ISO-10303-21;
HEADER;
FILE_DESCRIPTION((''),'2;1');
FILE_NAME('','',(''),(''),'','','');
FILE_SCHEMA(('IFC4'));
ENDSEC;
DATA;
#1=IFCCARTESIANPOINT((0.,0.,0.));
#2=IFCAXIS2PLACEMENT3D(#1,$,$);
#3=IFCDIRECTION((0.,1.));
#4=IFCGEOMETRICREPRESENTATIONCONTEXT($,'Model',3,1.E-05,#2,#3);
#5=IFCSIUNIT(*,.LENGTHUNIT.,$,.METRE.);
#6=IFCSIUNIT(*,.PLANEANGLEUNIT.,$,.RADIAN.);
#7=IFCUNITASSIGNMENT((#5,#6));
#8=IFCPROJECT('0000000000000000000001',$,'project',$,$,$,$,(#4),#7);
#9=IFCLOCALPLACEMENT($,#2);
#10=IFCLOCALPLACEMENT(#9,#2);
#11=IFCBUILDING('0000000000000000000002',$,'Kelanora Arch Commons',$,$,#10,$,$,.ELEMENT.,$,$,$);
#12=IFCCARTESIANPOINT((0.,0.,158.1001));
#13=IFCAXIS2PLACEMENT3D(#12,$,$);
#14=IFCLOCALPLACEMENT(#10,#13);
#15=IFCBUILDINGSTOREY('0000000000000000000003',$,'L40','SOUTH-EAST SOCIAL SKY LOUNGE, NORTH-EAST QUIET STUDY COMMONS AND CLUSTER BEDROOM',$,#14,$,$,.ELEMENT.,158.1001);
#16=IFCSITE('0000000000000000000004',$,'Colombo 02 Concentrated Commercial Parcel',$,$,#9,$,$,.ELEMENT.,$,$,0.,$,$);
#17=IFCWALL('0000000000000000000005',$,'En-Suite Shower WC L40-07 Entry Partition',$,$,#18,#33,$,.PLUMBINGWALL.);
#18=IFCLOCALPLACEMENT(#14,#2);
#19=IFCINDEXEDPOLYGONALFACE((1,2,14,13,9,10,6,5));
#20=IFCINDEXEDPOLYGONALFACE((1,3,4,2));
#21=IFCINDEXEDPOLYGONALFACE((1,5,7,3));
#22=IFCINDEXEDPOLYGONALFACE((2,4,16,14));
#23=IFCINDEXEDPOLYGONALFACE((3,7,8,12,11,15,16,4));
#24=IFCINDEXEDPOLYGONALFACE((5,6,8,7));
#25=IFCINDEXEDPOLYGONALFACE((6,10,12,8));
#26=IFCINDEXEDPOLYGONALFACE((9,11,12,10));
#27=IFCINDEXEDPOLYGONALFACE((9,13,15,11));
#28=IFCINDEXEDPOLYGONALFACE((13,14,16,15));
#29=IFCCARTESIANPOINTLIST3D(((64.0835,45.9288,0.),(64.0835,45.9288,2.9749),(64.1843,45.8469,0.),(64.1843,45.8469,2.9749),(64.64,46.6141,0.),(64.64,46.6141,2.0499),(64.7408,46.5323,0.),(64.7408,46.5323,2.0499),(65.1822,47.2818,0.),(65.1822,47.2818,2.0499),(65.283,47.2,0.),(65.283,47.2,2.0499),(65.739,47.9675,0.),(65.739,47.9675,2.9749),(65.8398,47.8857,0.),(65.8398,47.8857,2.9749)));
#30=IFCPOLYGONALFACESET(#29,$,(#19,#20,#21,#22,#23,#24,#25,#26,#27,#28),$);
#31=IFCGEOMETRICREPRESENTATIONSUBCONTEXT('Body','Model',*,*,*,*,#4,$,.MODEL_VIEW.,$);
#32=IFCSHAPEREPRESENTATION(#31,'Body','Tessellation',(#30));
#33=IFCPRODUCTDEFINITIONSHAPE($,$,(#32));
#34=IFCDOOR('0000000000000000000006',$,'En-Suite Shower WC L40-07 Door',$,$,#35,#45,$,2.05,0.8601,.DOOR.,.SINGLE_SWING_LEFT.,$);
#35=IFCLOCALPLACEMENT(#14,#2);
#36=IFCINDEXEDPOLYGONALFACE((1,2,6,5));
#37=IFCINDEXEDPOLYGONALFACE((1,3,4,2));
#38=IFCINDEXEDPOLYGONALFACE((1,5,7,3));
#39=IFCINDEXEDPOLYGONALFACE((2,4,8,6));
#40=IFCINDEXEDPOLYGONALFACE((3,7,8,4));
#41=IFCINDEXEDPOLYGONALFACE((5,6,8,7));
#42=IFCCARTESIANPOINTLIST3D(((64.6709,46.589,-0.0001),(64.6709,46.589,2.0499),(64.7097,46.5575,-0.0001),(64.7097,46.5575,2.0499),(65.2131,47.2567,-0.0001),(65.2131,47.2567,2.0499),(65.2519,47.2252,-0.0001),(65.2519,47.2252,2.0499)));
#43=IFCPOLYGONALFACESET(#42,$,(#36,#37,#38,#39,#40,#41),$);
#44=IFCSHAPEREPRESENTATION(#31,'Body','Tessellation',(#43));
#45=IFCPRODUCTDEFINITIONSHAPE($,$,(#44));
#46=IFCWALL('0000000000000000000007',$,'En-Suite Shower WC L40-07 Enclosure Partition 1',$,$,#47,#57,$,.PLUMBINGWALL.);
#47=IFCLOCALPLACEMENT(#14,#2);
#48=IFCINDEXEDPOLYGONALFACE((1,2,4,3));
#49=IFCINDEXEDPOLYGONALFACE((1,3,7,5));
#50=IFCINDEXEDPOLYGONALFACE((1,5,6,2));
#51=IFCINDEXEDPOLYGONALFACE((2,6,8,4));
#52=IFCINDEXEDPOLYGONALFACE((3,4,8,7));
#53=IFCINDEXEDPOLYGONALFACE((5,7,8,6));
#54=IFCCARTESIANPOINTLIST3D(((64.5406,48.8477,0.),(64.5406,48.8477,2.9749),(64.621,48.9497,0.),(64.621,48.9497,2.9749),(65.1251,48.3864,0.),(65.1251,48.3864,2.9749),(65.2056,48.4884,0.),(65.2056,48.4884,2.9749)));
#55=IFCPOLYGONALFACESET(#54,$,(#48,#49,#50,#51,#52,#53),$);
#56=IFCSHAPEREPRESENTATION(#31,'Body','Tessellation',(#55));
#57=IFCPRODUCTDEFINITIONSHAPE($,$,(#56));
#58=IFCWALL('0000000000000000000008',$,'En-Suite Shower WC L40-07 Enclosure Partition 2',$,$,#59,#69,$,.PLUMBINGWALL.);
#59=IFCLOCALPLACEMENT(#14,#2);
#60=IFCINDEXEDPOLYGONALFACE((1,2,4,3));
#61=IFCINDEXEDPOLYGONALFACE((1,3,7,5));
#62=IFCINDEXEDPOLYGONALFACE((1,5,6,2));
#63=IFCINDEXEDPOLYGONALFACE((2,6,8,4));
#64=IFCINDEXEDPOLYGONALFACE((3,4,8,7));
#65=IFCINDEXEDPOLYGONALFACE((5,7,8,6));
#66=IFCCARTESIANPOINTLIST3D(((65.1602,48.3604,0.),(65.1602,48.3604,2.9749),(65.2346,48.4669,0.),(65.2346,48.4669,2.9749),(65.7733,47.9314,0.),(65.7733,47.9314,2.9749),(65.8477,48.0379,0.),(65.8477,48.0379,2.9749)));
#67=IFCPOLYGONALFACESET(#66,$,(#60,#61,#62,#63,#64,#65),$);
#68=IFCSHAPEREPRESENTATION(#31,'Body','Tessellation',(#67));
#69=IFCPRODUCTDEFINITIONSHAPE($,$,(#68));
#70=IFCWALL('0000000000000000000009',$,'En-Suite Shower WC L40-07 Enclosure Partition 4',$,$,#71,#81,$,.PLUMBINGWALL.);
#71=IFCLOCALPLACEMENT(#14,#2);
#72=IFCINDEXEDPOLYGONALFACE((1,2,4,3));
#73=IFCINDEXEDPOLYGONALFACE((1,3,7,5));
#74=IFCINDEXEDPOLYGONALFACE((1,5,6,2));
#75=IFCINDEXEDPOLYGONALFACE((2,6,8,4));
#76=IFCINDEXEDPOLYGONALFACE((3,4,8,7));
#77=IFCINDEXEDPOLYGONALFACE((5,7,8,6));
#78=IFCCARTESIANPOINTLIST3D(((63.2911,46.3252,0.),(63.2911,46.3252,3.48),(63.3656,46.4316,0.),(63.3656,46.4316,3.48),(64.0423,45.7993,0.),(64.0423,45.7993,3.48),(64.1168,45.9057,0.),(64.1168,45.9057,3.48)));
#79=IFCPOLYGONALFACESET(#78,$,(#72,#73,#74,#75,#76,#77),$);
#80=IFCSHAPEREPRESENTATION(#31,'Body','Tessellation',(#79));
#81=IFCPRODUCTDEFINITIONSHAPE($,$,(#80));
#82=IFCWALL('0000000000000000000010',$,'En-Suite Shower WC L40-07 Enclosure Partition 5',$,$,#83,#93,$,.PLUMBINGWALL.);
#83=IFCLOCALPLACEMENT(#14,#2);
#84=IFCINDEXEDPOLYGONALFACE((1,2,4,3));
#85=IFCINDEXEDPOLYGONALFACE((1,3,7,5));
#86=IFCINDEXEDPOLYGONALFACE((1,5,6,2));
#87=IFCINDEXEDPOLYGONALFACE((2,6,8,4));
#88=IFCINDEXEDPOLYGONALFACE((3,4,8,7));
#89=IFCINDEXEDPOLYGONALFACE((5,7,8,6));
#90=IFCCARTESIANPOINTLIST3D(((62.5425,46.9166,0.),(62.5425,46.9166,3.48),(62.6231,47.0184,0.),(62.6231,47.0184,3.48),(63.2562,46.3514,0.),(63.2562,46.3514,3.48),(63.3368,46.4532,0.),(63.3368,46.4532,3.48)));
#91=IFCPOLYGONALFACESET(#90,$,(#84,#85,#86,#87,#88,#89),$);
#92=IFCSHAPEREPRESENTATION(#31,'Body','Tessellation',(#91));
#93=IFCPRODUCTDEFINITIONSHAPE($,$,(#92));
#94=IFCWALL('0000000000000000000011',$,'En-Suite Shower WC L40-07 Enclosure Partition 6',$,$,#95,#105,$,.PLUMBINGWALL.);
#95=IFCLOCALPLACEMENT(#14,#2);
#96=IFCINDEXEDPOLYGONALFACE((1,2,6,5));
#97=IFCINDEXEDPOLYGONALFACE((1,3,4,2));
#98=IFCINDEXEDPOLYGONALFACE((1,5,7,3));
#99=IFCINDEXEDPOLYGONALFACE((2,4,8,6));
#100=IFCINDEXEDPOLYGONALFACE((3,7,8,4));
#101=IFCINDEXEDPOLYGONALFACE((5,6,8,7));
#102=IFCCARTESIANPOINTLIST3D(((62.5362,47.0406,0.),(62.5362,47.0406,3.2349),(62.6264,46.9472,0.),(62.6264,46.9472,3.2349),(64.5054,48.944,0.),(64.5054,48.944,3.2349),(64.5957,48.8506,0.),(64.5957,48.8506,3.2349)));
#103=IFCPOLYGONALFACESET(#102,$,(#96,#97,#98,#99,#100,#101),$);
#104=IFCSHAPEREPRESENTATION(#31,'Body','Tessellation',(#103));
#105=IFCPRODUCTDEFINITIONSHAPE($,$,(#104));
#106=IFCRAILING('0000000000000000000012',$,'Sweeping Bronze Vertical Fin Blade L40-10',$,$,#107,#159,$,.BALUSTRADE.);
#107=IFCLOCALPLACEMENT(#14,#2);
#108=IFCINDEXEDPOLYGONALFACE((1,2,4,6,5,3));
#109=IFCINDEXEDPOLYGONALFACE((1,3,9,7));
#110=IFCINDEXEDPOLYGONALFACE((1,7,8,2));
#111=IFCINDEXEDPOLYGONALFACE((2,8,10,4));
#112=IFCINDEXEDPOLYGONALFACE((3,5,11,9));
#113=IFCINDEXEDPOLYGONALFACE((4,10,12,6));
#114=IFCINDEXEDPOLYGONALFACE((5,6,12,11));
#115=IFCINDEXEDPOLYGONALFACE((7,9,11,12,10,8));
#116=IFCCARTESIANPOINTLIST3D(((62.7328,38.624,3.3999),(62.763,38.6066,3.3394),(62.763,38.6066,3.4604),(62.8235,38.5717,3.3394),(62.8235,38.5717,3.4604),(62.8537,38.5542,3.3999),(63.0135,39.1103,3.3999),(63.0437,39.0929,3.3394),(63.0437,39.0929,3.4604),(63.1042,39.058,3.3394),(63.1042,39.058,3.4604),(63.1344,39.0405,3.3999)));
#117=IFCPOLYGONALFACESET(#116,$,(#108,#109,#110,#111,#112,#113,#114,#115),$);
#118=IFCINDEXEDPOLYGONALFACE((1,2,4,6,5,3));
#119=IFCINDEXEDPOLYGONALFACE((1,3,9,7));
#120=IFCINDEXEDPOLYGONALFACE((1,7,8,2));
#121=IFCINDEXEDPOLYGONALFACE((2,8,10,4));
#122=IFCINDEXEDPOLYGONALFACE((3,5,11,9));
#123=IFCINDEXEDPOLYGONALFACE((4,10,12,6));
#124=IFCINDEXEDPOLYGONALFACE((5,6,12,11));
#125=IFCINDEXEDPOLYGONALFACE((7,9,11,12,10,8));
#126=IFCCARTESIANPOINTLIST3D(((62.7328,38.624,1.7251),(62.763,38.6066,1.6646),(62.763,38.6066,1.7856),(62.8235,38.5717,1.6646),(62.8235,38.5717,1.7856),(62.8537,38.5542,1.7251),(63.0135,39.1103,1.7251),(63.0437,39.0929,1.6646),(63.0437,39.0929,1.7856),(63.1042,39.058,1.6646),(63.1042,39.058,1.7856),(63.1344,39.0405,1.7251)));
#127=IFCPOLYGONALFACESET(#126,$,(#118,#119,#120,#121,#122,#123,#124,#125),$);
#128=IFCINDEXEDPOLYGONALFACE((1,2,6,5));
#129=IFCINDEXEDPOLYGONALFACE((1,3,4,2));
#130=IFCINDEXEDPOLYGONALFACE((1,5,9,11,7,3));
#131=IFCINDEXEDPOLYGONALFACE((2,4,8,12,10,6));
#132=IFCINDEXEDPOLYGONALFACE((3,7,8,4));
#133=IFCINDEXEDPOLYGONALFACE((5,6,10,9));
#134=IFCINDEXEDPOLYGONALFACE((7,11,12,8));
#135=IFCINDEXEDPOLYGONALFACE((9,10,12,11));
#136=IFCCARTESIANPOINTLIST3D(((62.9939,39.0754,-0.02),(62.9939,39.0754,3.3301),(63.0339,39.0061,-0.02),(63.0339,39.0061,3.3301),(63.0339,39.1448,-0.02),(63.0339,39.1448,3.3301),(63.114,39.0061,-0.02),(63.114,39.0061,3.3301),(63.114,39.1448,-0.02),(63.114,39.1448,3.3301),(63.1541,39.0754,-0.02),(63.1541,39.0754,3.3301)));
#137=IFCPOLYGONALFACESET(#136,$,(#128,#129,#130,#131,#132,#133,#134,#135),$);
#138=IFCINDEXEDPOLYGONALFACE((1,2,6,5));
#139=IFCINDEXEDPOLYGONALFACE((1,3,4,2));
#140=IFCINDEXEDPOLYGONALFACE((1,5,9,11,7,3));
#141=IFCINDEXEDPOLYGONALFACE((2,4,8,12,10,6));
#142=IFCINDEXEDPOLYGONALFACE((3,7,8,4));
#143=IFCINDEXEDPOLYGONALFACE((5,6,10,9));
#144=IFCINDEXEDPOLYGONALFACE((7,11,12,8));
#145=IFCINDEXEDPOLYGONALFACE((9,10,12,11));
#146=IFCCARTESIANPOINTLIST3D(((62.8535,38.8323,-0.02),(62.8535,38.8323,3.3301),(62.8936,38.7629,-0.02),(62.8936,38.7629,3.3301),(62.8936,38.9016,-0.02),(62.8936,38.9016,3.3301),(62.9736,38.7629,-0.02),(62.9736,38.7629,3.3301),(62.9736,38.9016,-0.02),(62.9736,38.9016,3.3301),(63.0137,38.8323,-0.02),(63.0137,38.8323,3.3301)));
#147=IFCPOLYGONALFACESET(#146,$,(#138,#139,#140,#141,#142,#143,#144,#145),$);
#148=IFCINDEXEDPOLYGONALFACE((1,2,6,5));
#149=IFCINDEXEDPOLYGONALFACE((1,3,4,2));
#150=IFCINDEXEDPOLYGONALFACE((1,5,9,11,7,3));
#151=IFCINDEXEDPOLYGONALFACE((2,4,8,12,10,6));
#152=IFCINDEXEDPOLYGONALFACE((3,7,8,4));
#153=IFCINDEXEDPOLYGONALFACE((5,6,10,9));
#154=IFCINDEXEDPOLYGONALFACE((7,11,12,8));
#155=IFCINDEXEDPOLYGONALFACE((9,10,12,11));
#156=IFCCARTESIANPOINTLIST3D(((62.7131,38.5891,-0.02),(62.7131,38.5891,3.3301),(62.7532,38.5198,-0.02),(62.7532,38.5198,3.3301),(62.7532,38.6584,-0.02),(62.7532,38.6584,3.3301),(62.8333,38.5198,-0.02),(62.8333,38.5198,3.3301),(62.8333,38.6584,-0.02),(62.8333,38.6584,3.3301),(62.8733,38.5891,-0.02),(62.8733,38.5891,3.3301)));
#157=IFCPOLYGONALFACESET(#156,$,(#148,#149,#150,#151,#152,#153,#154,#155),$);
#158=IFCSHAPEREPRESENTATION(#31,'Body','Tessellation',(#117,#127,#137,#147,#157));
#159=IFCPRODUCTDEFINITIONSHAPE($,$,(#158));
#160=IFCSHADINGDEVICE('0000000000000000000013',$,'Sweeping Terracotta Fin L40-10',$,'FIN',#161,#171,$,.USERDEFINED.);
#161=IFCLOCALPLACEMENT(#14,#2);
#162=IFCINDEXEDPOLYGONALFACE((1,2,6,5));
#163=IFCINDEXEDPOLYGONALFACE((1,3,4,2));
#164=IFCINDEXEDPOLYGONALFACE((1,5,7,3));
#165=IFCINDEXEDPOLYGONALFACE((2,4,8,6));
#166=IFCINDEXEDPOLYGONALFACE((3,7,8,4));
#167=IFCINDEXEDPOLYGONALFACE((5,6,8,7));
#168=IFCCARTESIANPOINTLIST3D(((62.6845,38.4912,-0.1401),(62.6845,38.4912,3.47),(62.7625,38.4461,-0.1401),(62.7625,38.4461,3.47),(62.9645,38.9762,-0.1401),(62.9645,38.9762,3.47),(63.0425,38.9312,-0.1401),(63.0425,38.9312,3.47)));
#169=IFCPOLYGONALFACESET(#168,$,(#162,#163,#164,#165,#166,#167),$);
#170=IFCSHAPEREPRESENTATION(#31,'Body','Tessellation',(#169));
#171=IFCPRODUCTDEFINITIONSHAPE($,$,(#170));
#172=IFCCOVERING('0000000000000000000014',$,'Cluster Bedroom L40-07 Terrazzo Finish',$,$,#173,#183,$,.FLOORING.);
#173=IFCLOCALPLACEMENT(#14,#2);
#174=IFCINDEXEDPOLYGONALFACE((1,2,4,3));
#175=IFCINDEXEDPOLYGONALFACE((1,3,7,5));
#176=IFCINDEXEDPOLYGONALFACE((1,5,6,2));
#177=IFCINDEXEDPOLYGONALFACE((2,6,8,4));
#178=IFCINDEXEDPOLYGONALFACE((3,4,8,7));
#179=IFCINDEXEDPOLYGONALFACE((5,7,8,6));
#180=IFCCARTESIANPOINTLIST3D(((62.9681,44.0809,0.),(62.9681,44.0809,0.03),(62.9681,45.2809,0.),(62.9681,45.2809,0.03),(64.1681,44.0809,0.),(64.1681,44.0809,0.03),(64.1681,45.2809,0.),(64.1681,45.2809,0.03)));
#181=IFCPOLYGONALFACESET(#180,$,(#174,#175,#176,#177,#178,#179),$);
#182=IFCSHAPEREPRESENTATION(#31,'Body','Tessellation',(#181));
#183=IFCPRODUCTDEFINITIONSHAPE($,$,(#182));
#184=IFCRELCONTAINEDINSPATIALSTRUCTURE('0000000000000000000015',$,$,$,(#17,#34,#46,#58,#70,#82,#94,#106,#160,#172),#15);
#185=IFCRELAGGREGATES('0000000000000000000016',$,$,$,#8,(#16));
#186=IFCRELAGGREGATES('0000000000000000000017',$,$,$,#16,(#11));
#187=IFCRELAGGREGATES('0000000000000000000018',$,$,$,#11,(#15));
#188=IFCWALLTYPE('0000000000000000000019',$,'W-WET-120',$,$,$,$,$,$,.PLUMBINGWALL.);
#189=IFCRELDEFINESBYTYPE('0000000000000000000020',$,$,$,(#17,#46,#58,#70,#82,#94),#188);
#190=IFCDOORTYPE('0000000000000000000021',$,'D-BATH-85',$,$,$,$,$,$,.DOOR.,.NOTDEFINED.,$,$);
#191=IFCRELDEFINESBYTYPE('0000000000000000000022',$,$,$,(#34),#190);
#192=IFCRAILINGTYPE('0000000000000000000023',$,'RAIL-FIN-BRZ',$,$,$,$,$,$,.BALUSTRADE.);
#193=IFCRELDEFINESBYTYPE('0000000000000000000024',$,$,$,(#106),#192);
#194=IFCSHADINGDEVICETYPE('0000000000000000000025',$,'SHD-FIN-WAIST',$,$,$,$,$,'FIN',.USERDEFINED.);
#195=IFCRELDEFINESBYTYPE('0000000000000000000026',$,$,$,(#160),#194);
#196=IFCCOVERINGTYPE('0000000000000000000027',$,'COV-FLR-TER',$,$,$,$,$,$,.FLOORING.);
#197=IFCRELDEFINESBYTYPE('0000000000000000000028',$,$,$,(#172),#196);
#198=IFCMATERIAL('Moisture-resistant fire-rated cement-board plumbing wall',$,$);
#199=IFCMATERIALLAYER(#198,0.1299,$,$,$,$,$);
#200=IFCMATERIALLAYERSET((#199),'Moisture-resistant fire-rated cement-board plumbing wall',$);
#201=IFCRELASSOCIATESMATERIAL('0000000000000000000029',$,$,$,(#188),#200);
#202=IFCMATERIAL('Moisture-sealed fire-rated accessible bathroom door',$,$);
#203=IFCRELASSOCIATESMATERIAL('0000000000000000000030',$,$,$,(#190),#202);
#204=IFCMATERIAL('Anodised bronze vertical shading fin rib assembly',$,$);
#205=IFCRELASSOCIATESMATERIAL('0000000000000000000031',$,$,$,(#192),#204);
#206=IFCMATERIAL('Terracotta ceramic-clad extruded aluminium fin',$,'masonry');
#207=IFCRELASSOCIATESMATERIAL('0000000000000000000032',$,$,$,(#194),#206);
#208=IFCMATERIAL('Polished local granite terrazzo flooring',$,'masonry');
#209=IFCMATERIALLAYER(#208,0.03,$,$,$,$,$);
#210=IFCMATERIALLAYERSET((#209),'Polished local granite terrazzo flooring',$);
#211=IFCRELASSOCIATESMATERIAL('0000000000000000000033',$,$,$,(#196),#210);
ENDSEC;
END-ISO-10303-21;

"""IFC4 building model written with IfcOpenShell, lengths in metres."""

from ifc_helpers import new_model, si_unit, direction, frame, frame_2d, origin, origin_2d, place, context, subcontext, project, spatial, polyline, rectangle, outline, extrude, source, transform, mapped, material, layer, layer_set, type_object, element, fill, save


model = new_model("IFC4")

# Units and contexts
model_context = context("Model", 3, precision=1e-05, world=origin(), true_north=direction((0.0, 1.0)))
body_context = subcontext(model_context, "Body", "Model", "MODEL_VIEW")
ifc_project = project(units=[si_unit("LENGTHUNIT", "METRE"), si_unit("PLANEANGLEUNIT", "RADIAN")], contexts=[model_context])

# Site, building, storey
site_placement = place(None, origin())
site = spatial("IfcSite", under=ifc_project, at=site_placement, Name="Colombo 02 Concentrated Commercial Parcel", CompositionType="ELEMENT", RefElevation=0.0)
building_placement = place(site_placement, origin())
building = spatial("IfcBuilding", under=site, at=building_placement, Name="Kelanora Arch Commons", CompositionType="ELEMENT")
storey_placement = place(building_placement, frame((0.0, 0.0, 158.1001)))
storey = spatial("IfcBuildingStorey", under=building, at=storey_placement, Name="L40", Description="SOUTH-EAST SOCIAL SKY LOUNGE, NORTH-EAST QUIET STUDY COMMONS AND CLUSTER BEDROOM", CompositionType="ELEMENT", Elevation=158.1001)

# Wall, opening, door
ifc_material_1 = material(Name="Moisture-resistant fire-rated cement-board plumbing wall")
ifc_layer_1 = layer(ifc_material_1, 0.1299)
ifc_layer_set_1 = layer_set([ifc_layer_1], Name="Moisture-resistant fire-rated cement-board plumbing wall")
wall_type_1 = type_object("IfcWallType", Name="W-WET-120", PredefinedType="PLUMBINGWALL", material=ifc_layer_set_1)
wall_1_placement = place(storey_placement, frame((65.7893, 47.9265, 0.0), z_axis=(0.0, 0.0, 1.0), x_axis=(-0.630358, -0.776304, 0.0)))
wall_1 = element("IfcWall", 1, at=wall_1_placement, inside=storey, type_object=wall_type_1, Name="En-Suite Shower WC L40-07 Entry Partition", PredefinedType="PLUMBINGWALL", context=body_context, shape_type="SweptSolid", body=[
    extrude(rectangle(XDim=2.6262, YDim=0.1299, at=frame_2d((1.313, 0.0))), origin(), (0.0, 0.0, 1.0), 2.9749),
])
opening_1_placement = place(wall_1_placement, frame((0.8831, 0.0, 0.0)))
opening_1 = element("IfcOpeningElement", 2, at=opening_1_placement, cuts=wall_1, PredefinedType="OPENING", context=body_context, shape_type="SweptSolid", body=[
    extrude(rectangle(XDim=0.8601, YDim=2.05, at=frame_2d((0.4302, 1.0249))), frame((0.0, 0.075, 0.0), z_axis=(0.0, -1.0, 0.0), x_axis=(1.0, 0.0, 0.0)), (0.0, 0.0, 1.0), 0.1499),
])
ifc_material_2 = material(Name="Moisture-sealed fire-rated accessible bathroom door")
door_type_1 = type_object("IfcDoorType", Name="D-BATH-85", OperationType="NOTDEFINED", PredefinedType="DOOR", material=ifc_material_2)
door_1_placement = place(opening_1_placement, origin())
door_1 = element("IfcDoor", 3, at=door_1_placement, inside=storey, type_object=door_type_1, Name="En-Suite Shower WC L40-07 Door", OperationType="SINGLE_SWING_LEFT", OverallHeight=2.05, OverallWidth=0.8601, PredefinedType="DOOR", context=body_context, shape_type="SweptSolid", body=[
    extrude(rectangle(XDim=0.8601, YDim=2.05, at=frame_2d((0.4302, 1.0249))), frame((0.0, 0.0249, 0.0), z_axis=(0.0, -1.0, 0.0), x_axis=(1.0, 0.0, 0.0)), (0.0, 0.0, 1.0), 0.05),
])
fill(opening_1, door_1)

# Walls
wall_2_placement = place(storey_placement, frame((64.5808, 48.8987, 0.0), z_axis=(0.0, 0.0, 1.0), x_axis=(0.785042, -0.619442, 0.0)))
element("IfcWall", 4, at=wall_2_placement, inside=storey, type_object=wall_type_1, Name="En-Suite Shower WC L40-07 Enclosure Partition 1", PredefinedType="PLUMBINGWALL", context=body_context, shape_type="SweptSolid", body=[
    extrude(rectangle(XDim=0.7446, YDim=0.1299, at=frame_2d((0.3723, 0.0))), origin(), (0.0, 0.0, 1.0), 2.9749),
])
wall_3_placement = place(storey_placement, frame((65.1975, 48.4136, 0.0), z_axis=(0.0, 0.0, 1.0), x_axis=(0.819339, -0.573309, 0.0)))
element("IfcWall", 5, at=wall_3_placement, inside=storey, type_object=wall_type_1, Name="En-Suite Shower WC L40-07 Enclosure Partition 2", PredefinedType="PLUMBINGWALL", context=body_context, shape_type="SweptSolid", body=[
    extrude(rectangle(XDim=0.7483, YDim=0.1299, at=frame_2d((0.374, 0.0))), origin(), (0.0, 0.0, 1.0), 2.9749),
])
wall_4_placement = place(storey_placement, frame((64.0796, 45.8525, 0.0), z_axis=(0.0, 0.0, 1.0), x_axis=(-0.819219, 0.57348, 0.0)))
element("IfcWall", 6, at=wall_4_placement, inside=storey, type_object=wall_type_1, Name="En-Suite Shower WC L40-07 Enclosure Partition 4", PredefinedType="PLUMBINGWALL", context=body_context, shape_type="SweptSolid", body=[
    extrude(rectangle(XDim=0.917, YDim=0.1299, at=frame_2d((0.4585, 0.0))), origin(), (0.0, 0.0, 1.0), 3.48),
])
wall_5_placement = place(storey_placement, frame((63.2964, 46.4023, 0.0), z_axis=(0.0, 0.0, 1.0), x_axis=(-0.783921, 0.620861, 0.0)))
element("IfcWall", 7, at=wall_5_placement, inside=storey, type_object=wall_type_1, Name="En-Suite Shower WC L40-07 Enclosure Partition 5", PredefinedType="PLUMBINGWALL", context=body_context, shape_type="SweptSolid", body=[
    extrude(rectangle(XDim=0.9104, YDim=0.1299, at=frame_2d((0.4551, 0.0))), origin(), (0.0, 0.0, 1.0), 3.48),
])
wall_6_placement = place(storey_placement, frame((62.5813, 46.9939, 0.0), z_axis=(0.0, 0.0, 1.0), x_axis=(0.719039, 0.69497, 0.0)))
element("IfcWall", 8, at=wall_6_placement, inside=storey, type_object=wall_type_1, Name="En-Suite Shower WC L40-07 Enclosure Partition 6", PredefinedType="PLUMBINGWALL", context=body_context, shape_type="SweptSolid", body=[
    extrude(rectangle(XDim=2.7388, YDim=0.1299, at=frame_2d((1.3694, 0.0))), origin(), (0.0, 0.0, 1.0), 3.2349),
])

# Railing
ifc_material_3 = material(Name="Anodised bronze vertical shading fin rib assembly")
railing_type = type_object("IfcRailingType", Name="RAIL-FIN-BRZ", PredefinedType="BALUSTRADE", material=ifc_material_3)
railing_placement = place(storey_placement, frame((63.074, 39.0754, -0.02)))
element("IfcRailing", 9, at=railing_placement, inside=storey, type_object=railing_type, Name="Sweeping Bronze Vertical Fin Blade L40-10", PredefinedType="BALUSTRADE", context=body_context, shape_type="SweptSolid", body=[
    extrude(outline(polyline([(0.0698, 0.0), (0.0349, 0.0605), (-0.0349, 0.0605), (-0.0698, 0.0), (-0.0349, -0.0605), (0.0349, -0.0605), (0.0698, 0.0)])), frame((0.0, 0.0, 3.4199), z_axis=(-0.499973, -0.866041, 0.0), x_axis=(0.866041, -0.499973, 0.0)), (0.0, 0.0, 1.0), 0.5615),
    extrude(outline(polyline([(0.0698, 0.0), (0.0349, 0.0605), (-0.0349, 0.0605), (-0.0698, 0.0), (-0.0349, -0.0605), (0.0349, -0.0605), (0.0698, 0.0)])), frame((0.0, 0.0, 1.7451), z_axis=(-0.499973, -0.866041, 0.0), x_axis=(0.866041, -0.499973, 0.0)), (0.0, 0.0, 1.0), 0.5615),
    extrude(outline(polyline([(0.0801, 0.0), (0.04, 0.0693), (-0.04, 0.0693), (-0.0801, 0.0), (-0.04, -0.0693), (0.04, -0.0693), (0.0801, 0.0)])), origin(), (0.0, 0.0, 1.0), 3.3501),
    extrude(outline(polyline([(0.0801, 0.0), (0.04, 0.0693), (-0.04, 0.0693), (-0.0801, 0.0), (-0.04, -0.0693), (0.04, -0.0693), (0.0801, 0.0)])), frame((-0.1404, -0.2432, 0.0)), (0.0, 0.0, 1.0), 3.3501),
    extrude(outline(polyline([(0.0801, 0.0), (0.04, 0.0693), (-0.04, 0.0693), (-0.0801, 0.0), (-0.04, -0.0693), (0.04, -0.0693), (0.0801, 0.0)])), frame((-0.2808, -0.4863, 0.0)), (0.0, 0.0, 1.0), 3.3501),
])

# Shading device
ifc_material_4 = material(Name="Terracotta ceramic-clad extruded aluminium fin", Category="masonry")
shading_device_type = type_object("IfcShadingDeviceType", Name="SHD-FIN-WAIST", ElementType="FIN", PredefinedType="USERDEFINED", material=ifc_material_4)
shared_shape_1 = source(origin(), body_context, "Body", "SweptSolid", [
    extrude(rectangle(XDim=0.5601, YDim=0.0901, at=origin_2d()), origin(), (0.0, 0.0, 1.0), 3.6101),
])
shading_device_placement = place(storey_placement, frame((62.8635, 38.7112, -0.1401), z_axis=(0.0, 0.0, 1.0), x_axis=(-0.5, -0.866025, 0.0)))
element("IfcShadingDevice", 10, at=shading_device_placement, inside=storey, type_object=shading_device_type, Name="Sweeping Terracotta Fin L40-10", ObjectType="FIN", PredefinedType="USERDEFINED", context=body_context, shape_type="MappedRepresentation", body=[
    mapped(shared_shape_1, transform((0.0, 0.0, 0.0), scale=1.0)),
])

# Covering
ifc_material_5 = material(Name="Polished local granite terrazzo flooring", Category="masonry")
ifc_layer_2 = layer(ifc_material_5, 0.03)
ifc_layer_set_2 = layer_set([ifc_layer_2], Name="Polished local granite terrazzo flooring")
covering_type = type_object("IfcCoveringType", Name="COV-FLR-TER", PredefinedType="FLOORING", material=ifc_layer_set_2)
shared_shape_2 = source(origin(), body_context, "Body", "SweptSolid", [
    extrude(rectangle(XDim=1.2, YDim=1.2, at=origin_2d()), origin(), (0.0, 0.0, 1.0), 0.03),
])
covering_placement = place(storey_placement, frame((63.5681, 44.6809, 0.0), z_axis=(0.0, 0.0, 1.0), x_axis=(1.0, 0.0, 0.0)))
element("IfcCovering", 11, at=covering_placement, inside=storey, type_object=covering_type, Name="Cluster Bedroom L40-07 Terrazzo Finish", PredefinedType="FLOORING", context=body_context, shape_type="MappedRepresentation", body=[
    mapped(shared_shape_2, transform((0.0, 0.0, 0.0), scale=1.0)),
])

save(model, "model.ifc")
